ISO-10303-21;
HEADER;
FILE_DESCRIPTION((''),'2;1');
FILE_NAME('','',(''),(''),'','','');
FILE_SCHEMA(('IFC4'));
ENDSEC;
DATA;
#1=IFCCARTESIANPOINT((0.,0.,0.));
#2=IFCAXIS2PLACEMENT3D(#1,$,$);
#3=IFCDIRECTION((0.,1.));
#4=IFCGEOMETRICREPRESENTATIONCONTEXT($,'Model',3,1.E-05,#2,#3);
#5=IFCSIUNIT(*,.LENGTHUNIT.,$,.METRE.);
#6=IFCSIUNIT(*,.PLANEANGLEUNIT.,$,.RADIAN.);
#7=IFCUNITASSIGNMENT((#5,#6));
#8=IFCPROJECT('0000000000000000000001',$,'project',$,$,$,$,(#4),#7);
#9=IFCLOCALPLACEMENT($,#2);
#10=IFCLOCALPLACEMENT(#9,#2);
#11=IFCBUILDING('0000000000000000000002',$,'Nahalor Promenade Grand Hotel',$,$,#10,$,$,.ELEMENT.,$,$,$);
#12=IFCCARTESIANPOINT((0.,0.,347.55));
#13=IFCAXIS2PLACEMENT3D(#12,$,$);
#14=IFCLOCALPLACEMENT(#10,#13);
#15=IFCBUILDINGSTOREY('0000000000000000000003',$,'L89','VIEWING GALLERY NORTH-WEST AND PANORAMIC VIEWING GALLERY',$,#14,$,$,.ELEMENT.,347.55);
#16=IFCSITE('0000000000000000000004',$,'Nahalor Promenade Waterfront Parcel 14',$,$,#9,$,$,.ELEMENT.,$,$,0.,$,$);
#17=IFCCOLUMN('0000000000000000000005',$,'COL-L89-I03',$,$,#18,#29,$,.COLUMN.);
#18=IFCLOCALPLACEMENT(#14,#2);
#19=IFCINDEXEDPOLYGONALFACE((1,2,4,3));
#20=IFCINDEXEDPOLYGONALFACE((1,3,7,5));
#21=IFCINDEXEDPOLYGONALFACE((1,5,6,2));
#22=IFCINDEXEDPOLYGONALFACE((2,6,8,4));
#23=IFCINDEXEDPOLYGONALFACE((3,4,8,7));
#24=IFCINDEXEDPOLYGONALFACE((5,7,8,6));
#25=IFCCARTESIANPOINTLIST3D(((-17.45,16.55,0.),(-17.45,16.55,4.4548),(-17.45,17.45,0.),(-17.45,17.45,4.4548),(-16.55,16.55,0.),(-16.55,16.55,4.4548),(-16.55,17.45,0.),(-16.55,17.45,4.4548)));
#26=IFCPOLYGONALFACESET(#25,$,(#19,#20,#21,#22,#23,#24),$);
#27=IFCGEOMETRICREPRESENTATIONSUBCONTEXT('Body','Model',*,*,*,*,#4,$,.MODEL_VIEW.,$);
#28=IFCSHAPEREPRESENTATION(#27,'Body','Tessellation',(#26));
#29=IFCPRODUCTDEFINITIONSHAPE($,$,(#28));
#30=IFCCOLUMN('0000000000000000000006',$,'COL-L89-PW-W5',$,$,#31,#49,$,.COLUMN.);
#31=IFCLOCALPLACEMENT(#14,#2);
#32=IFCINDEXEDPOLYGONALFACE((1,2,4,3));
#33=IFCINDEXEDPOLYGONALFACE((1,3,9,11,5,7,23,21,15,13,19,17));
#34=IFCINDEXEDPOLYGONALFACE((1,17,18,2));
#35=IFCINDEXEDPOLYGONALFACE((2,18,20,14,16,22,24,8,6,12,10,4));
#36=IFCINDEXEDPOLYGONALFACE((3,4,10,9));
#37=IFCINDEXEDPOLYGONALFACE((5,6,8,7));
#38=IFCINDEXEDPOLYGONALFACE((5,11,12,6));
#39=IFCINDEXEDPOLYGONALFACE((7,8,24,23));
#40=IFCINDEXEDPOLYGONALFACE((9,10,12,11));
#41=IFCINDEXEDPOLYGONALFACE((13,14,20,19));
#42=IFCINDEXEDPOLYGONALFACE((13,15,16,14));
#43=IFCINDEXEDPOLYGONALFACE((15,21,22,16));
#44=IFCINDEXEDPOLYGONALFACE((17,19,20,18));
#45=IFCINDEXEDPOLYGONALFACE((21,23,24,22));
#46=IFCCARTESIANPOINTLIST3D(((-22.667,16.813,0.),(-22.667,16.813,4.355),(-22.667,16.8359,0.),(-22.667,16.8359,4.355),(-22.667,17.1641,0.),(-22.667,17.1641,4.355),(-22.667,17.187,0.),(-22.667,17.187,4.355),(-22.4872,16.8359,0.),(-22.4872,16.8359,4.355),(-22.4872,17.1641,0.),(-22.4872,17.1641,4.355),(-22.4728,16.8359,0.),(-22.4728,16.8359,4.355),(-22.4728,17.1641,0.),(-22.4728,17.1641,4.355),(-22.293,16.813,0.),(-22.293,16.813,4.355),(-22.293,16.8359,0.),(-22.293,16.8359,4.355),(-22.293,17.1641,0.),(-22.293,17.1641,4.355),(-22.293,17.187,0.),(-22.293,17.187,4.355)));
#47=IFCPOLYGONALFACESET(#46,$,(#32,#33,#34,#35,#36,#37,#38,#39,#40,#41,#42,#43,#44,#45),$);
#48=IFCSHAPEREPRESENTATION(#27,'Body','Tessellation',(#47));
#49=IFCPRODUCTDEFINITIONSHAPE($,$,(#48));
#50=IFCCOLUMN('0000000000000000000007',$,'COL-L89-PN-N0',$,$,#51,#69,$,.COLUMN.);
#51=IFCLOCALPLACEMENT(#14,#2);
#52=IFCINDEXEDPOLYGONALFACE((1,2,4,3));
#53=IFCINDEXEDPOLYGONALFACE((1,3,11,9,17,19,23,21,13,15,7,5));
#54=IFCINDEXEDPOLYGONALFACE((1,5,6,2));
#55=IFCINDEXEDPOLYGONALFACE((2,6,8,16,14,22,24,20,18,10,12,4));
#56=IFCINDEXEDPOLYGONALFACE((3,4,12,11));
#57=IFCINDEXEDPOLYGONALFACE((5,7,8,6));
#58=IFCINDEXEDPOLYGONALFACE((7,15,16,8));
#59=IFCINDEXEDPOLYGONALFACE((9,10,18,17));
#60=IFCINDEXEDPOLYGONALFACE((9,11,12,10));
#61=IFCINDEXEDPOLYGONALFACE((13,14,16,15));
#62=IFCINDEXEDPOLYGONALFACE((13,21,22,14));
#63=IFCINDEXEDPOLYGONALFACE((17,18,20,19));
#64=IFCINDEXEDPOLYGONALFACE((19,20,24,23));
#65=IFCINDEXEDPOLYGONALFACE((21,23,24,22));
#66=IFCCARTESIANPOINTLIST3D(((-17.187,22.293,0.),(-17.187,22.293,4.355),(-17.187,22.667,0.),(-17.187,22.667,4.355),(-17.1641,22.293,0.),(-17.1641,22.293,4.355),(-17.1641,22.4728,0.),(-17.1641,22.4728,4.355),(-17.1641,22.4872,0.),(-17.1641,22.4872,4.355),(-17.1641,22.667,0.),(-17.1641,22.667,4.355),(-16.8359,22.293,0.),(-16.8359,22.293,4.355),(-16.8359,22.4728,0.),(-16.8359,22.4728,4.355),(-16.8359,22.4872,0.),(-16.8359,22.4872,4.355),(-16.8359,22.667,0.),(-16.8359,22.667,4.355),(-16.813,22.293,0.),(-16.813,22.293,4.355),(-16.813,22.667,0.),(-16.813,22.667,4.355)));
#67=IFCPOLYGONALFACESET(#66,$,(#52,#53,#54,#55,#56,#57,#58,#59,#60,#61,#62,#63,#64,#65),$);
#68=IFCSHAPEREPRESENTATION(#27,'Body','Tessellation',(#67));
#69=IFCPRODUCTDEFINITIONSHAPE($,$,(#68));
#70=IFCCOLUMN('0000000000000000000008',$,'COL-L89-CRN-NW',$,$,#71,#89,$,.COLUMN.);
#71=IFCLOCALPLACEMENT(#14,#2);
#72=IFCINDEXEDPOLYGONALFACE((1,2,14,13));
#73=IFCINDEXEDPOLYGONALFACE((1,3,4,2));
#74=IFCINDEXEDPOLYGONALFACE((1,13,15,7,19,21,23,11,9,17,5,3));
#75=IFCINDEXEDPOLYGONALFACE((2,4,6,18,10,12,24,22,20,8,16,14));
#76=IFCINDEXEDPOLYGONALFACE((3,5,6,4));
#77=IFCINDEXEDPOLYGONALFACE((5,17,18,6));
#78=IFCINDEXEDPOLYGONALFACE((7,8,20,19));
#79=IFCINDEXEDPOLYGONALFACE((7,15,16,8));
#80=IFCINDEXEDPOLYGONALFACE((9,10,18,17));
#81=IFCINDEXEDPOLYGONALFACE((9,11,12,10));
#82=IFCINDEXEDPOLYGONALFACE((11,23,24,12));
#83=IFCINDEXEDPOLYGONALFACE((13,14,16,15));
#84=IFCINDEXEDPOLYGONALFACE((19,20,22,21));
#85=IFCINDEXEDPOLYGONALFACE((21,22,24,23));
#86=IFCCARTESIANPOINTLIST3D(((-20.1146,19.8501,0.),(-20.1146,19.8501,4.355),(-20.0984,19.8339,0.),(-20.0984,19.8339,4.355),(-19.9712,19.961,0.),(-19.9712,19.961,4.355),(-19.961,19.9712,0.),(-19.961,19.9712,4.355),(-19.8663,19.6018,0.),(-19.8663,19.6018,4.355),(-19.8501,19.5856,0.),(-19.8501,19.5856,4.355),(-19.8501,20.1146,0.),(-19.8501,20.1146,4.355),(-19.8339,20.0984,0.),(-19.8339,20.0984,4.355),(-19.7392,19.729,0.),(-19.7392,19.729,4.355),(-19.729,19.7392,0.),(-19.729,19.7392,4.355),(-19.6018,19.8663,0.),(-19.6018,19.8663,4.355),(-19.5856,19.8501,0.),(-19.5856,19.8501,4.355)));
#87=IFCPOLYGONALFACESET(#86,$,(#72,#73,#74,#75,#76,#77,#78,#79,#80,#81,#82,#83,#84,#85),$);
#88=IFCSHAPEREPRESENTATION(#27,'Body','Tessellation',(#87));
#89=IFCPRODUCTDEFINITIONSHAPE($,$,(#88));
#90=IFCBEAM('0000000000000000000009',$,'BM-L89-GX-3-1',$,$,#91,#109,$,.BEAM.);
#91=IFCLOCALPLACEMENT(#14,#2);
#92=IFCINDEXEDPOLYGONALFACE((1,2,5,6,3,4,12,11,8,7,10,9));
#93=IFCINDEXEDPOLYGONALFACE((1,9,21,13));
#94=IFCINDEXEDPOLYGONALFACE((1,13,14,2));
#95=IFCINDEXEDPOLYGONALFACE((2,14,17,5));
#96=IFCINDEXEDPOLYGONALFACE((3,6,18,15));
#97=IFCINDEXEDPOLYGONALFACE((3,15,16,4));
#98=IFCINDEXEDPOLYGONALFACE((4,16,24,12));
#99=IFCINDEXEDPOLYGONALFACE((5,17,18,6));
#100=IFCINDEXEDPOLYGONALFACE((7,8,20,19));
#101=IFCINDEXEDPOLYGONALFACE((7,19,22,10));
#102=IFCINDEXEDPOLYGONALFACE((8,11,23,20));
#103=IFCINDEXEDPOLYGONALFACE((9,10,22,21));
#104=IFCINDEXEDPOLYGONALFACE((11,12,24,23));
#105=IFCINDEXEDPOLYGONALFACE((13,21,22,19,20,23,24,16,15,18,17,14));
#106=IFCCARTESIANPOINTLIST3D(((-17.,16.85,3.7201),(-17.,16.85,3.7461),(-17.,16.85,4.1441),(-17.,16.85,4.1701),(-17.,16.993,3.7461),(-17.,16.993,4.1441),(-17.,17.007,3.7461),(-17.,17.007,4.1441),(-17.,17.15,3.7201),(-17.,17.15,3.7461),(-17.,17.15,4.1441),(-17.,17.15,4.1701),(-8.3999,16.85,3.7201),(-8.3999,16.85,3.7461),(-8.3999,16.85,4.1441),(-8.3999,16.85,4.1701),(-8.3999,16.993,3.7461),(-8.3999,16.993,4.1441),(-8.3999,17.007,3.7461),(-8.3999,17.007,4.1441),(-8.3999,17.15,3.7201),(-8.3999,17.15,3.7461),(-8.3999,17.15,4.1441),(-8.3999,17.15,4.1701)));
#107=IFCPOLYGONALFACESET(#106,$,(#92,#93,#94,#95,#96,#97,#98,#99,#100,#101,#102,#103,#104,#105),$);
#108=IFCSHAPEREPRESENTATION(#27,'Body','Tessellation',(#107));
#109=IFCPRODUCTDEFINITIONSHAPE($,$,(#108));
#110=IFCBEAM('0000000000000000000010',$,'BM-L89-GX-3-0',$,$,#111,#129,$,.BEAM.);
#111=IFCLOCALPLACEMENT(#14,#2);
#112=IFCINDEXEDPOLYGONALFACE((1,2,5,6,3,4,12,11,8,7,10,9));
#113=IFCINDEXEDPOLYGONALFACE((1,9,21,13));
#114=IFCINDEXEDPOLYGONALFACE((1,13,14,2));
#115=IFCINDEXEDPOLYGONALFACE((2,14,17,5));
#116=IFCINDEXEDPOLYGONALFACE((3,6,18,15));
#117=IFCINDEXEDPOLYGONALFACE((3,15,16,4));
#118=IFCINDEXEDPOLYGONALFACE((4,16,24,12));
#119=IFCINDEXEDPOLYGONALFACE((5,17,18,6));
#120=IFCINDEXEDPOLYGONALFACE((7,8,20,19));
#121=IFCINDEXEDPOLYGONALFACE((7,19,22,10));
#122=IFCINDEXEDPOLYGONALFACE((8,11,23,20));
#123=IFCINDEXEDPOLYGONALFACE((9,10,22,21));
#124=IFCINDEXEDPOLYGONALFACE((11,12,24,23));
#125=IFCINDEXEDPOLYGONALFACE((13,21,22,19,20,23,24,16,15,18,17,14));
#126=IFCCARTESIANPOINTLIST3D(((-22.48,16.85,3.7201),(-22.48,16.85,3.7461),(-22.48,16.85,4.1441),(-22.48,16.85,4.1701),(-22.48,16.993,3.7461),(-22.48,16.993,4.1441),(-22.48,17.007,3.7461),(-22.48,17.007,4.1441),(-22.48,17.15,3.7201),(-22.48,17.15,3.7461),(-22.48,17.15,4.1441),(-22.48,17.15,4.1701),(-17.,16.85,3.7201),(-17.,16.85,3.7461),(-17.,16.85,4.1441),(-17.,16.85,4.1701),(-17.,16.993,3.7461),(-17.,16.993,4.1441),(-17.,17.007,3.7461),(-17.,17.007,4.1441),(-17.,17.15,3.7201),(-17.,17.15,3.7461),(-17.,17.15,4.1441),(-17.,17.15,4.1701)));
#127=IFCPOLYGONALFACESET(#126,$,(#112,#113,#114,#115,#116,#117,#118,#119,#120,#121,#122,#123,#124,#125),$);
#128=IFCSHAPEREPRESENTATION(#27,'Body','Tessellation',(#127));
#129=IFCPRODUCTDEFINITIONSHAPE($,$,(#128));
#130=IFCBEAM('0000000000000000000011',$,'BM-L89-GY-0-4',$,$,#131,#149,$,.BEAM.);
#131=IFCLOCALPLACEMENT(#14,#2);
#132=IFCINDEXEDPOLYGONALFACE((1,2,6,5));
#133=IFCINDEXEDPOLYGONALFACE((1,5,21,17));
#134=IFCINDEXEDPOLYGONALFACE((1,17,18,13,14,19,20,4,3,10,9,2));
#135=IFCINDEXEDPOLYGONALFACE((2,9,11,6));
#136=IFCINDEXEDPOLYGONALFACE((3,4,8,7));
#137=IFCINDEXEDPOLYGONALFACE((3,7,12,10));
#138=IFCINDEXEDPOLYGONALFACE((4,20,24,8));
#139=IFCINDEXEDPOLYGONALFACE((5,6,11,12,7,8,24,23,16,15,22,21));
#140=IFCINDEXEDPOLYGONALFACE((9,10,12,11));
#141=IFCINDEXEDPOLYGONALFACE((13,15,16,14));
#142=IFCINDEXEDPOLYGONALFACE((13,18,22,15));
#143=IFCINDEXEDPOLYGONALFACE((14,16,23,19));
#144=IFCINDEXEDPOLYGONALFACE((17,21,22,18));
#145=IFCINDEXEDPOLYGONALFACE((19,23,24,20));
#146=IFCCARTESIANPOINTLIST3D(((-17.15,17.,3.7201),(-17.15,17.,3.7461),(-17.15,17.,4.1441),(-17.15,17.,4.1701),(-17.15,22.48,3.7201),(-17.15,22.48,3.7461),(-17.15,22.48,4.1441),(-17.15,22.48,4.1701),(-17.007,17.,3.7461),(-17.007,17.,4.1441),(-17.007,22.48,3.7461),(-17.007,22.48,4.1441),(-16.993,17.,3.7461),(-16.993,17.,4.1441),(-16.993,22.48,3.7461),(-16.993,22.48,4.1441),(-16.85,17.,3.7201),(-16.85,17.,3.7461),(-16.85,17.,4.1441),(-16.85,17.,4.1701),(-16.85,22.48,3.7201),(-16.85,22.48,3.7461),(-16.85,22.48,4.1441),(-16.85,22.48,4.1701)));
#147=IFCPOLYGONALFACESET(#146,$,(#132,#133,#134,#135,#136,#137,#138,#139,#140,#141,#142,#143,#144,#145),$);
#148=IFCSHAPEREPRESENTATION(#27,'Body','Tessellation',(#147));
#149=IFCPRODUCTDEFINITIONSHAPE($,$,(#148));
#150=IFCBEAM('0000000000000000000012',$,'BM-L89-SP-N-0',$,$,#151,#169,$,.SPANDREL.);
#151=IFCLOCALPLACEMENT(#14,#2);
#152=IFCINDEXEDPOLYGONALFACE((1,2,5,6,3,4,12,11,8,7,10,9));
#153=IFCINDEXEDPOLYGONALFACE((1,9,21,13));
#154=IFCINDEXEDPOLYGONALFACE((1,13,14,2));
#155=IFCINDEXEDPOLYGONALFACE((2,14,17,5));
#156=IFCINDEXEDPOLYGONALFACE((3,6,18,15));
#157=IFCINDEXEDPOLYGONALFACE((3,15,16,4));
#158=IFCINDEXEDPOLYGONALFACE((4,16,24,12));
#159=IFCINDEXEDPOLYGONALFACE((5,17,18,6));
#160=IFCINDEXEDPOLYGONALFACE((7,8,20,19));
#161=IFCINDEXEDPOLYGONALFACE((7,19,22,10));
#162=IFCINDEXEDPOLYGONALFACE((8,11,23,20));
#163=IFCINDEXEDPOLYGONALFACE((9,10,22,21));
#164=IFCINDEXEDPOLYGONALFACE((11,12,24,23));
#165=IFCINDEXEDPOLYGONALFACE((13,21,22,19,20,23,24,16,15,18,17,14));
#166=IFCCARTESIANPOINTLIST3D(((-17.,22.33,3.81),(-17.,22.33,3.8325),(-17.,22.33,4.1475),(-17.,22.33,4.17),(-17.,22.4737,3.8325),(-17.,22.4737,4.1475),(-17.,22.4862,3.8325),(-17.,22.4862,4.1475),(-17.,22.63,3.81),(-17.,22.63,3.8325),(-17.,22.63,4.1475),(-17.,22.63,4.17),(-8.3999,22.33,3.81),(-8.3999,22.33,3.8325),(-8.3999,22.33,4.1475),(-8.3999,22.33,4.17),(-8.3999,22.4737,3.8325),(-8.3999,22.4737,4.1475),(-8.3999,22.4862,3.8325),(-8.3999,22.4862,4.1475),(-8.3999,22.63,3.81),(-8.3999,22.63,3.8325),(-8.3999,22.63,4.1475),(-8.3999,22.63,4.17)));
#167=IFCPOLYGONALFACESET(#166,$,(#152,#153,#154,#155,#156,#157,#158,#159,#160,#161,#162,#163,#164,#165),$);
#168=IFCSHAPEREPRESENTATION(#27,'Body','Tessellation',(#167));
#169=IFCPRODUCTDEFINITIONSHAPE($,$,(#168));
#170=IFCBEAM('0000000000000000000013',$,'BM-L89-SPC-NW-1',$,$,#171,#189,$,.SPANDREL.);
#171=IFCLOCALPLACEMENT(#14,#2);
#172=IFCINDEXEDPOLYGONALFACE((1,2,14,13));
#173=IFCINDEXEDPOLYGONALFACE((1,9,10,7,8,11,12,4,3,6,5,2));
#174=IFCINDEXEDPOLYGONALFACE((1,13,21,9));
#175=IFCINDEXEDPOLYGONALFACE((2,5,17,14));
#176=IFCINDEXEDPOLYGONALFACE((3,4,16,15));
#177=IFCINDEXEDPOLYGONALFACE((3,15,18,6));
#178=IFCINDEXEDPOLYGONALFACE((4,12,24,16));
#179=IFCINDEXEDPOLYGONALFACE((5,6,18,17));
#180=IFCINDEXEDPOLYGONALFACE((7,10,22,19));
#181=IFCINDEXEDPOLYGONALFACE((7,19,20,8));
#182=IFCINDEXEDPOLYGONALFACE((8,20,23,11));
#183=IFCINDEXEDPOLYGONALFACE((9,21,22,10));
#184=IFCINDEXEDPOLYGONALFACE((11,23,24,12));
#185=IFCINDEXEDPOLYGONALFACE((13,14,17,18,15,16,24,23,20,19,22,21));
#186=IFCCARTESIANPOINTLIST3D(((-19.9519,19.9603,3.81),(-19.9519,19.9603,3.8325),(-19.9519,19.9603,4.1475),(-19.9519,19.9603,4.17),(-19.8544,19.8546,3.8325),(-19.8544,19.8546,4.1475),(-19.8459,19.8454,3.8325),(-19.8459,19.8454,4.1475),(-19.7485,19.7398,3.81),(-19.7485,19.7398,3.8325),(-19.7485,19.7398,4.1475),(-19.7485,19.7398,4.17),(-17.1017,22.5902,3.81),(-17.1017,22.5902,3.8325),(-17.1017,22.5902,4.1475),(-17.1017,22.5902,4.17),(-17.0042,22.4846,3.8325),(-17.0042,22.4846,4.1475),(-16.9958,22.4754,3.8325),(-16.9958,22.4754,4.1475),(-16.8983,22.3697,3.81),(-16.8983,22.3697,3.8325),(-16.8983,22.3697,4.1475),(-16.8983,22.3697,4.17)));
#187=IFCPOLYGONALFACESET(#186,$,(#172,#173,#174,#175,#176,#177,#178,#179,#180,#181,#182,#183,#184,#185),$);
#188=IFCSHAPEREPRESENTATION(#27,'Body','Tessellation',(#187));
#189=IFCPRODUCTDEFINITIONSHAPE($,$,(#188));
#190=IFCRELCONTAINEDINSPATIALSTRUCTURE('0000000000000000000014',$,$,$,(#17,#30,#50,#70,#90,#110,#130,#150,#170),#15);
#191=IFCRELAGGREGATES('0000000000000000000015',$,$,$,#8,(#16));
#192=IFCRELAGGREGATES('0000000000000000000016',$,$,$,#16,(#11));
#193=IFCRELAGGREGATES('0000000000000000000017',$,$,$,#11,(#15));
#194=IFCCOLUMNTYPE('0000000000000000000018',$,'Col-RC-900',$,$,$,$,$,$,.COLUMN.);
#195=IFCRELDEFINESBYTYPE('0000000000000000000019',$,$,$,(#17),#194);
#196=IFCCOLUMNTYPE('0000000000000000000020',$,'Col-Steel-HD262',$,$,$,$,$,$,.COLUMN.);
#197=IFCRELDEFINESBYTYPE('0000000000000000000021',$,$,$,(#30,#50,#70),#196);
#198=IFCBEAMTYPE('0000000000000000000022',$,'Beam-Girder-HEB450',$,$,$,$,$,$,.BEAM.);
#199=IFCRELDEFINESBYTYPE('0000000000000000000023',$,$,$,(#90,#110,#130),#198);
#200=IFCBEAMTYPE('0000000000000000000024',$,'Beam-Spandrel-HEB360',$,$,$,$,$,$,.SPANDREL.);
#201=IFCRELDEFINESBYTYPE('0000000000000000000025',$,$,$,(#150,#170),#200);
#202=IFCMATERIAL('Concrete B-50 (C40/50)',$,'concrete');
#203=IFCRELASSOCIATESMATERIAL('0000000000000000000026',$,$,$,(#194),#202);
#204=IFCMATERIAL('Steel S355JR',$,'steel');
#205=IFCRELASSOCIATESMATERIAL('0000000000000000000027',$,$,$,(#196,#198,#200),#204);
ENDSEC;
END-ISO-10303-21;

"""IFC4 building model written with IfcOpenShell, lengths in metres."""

from ifc_helpers import new_model, si_unit, direction, frame, origin, origin_2d, place, context, subcontext, project, spatial, rectangle, i_section, extrude, source, transform, mapped, material, material_profile, profile_set, type_object, element, save


model = new_model("IFC4")

# Units and contexts
model_context = context("Model", 3, precision=1e-05, world=origin(), true_north=direction((0.0, 1.0)))
body_context = subcontext(model_context, "Body", "Model", "MODEL_VIEW")
ifc_project = project(units=[si_unit("LENGTHUNIT", "METRE"), si_unit("PLANEANGLEUNIT", "RADIAN")], contexts=[model_context])

# Site, building, storey
site_placement = place(None, origin())
site = spatial("IfcSite", under=ifc_project, at=site_placement, Name="Nahalor Promenade Waterfront Parcel 14", CompositionType="ELEMENT", RefElevation=0.0)
building_placement = place(site_placement, origin())
building = spatial("IfcBuilding", under=site, at=building_placement, Name="Nahalor Promenade Grand Hotel", CompositionType="ELEMENT")
storey_placement = place(building_placement, frame((0.0, 0.0, 347.55)))
storey = spatial("IfcBuildingStorey", under=building, at=storey_placement, Name="L89", Description="VIEWING GALLERY NORTH-WEST AND PANORAMIC VIEWING GALLERY", CompositionType="ELEMENT", Elevation=347.55)

# Columns
ifc_material_1 = material(Name="Concrete B-50 (C40/50)", Category="concrete")
ifc_material_profile_1 = material_profile(ifc_material_1, rectangle(XDim=0.9, YDim=0.9, at=origin_2d()), Name="RC 900x900")
ifc_profile_set_1 = profile_set([ifc_material_profile_1], Name="Concrete B-50 (C40/50)")
column_type_1 = type_object("IfcColumnType", Name="Col-RC-900", PredefinedType="COLUMN", material=ifc_profile_set_1)
shared_shape_1 = source(origin(), body_context, "Body", "SweptSolid", [
    extrude(rectangle(XDim=0.9, YDim=0.9, at=origin_2d()), origin(), (0.0, 0.0, 1.0), 4.4548),
])
column_placement = place(storey_placement, frame((-17.0, 17.0, 0.0), z_axis=(0.0, 0.0, 1.0), x_axis=(1.0, 0.0, 0.0)))
element("IfcColumn", 1, at=column_placement, inside=storey, type_object=column_type_1, Name="COL-L89-I03", PredefinedType="COLUMN", context=body_context, shape_type="MappedRepresentation", body=[
    mapped(shared_shape_1, transform((0.0, 0.0, 0.0), scale=1.0)),
])
ifc_material_2 = material(Name="Steel S355JR", Category="steel")
ifc_material_profile_2 = material_profile(ifc_material_2, i_section(OverallWidth=0.374, OverallDepth=0.374, WebThickness=0.0144, FlangeThickness=0.0229, at=origin_2d()), Name="HD 360x262")
ifc_profile_set_2 = profile_set([ifc_material_profile_2], Name="Steel S355JR")
column_type_2 = type_object("IfcColumnType", Name="Col-Steel-HD262", PredefinedType="COLUMN", material=ifc_profile_set_2)
shared_shape_2 = source(origin(), body_context, "Body", "SweptSolid", [
    extrude(i_section(OverallWidth=0.374, OverallDepth=0.374, WebThickness=0.0144, FlangeThickness=0.0229, at=origin_2d()), origin(), (0.0, 0.0, 1.0), 4.355),
])
for number, where, z_axis, x_axis, name in (
    (2, (-22.48, 17.0, 0.0), (0.0, 0.0, 1.0), (1.0, 0.0, 0.0), "COL-L89-PW-W5"),
    (3, (-17.0, 22.48, 0.0), (0.0, 0.0, 1.0), (0.0, 1.0, 0.0), "COL-L89-PN-N0"),
    (4, (-19.8501, 19.8501, 0.0), (0.0, 0.0, 1.0), (0.707107, 0.707107, 0.0), "COL-L89-CRN-NW"),
):
    element("IfcColumn", number, at=place(storey_placement, frame(where, z_axis=z_axis, x_axis=x_axis)), inside=storey, type_object=column_type_2, Name=name, PredefinedType="COLUMN", context=body_context, shape_type="MappedRepresentation", body=[
        mapped(shared_shape_2, transform((0.0, 0.0, 0.0), scale=1.0)),
    ])

# Beams
ifc_material_profile_3 = material_profile(ifc_material_2, i_section(OverallWidth=0.3, OverallDepth=0.45, WebThickness=0.014, FlangeThickness=0.026, at=origin_2d()), Name="HEB 450")
ifc_profile_set_3 = profile_set([ifc_material_profile_3], Name="Steel S355JR")
beam_type_1 = type_object("IfcBeamType", Name="Beam-Girder-HEB450", PredefinedType="BEAM", material=ifc_profile_set_3)
shared_shape_3 = source(origin(), body_context, "Body", "SweptSolid", [
    extrude(i_section(OverallWidth=0.3, OverallDepth=0.45, WebThickness=0.014, FlangeThickness=0.026, at=origin_2d()), origin(), (0.0, 0.0, 1.0), 8.6001),
])
beam_1_placement = place(storey_placement, frame((-17.0, 17.0, 3.9451), z_axis=(1.0, 0.0, 0.0), x_axis=(0.0, 1.0, 0.0)))
element("IfcBeam", 5, at=beam_1_placement, inside=storey, type_object=beam_type_1, Name="BM-L89-GX-3-1", PredefinedType="BEAM", context=body_context, shape_type="MappedRepresentation", body=[
    mapped(shared_shape_3, transform((0.0, 0.0, 0.0), scale=1.0)),
])
shared_shape_4 = source(origin(), body_context, "Body", "SweptSolid", [
    extrude(i_section(OverallWidth=0.3, OverallDepth=0.45, WebThickness=0.014, FlangeThickness=0.026, at=origin_2d()), origin(), (0.0, 0.0, 1.0), 5.48),
])
for number, where, z_axis, x_axis, name in (
    (6, (-22.48, 17.0, 3.9451), (1.0, 0.0, 0.0), (0.0, 1.0, 0.0), "BM-L89-GX-3-0"),
    (7, (-17.0, 17.0, 3.9451), (0.0, 1.0, 0.0), (-1.0, 0.0, 0.0), "BM-L89-GY-0-4"),
):
    element("IfcBeam", number, at=place(storey_placement, frame(where, z_axis=z_axis, x_axis=x_axis)), inside=storey, type_object=beam_type_1, Name=name, PredefinedType="BEAM", context=body_context, shape_type="MappedRepresentation", body=[
        mapped(shared_shape_4, transform((0.0, 0.0, 0.0), scale=1.0)),
    ])
ifc_material_profile_4 = material_profile(ifc_material_2, i_section(OverallWidth=0.3, OverallDepth=0.36, WebThickness=0.0125, FlangeThickness=0.0225, at=origin_2d()), Name="HEB 360")
ifc_profile_set_4 = profile_set([ifc_material_profile_4], Name="Steel S355JR")
beam_type_2 = type_object("IfcBeamType", Name="Beam-Spandrel-HEB360", PredefinedType="SPANDREL", material=ifc_profile_set_4)
shared_shape_5 = source(origin(), body_context, "Body", "SweptSolid", [
    extrude(i_section(OverallWidth=0.3, OverallDepth=0.36, WebThickness=0.0125, FlangeThickness=0.0225, at=origin_2d()), origin(), (0.0, 0.0, 1.0), 8.6001),
])
beam_2_placement = place(storey_placement, frame((-17.0, 22.48, 3.99), z_axis=(1.0, 0.0, 0.0), x_axis=(0.0, 1.0, 0.0)))
element("IfcBeam", 8, at=beam_2_placement, inside=storey, type_object=beam_type_2, Name="BM-L89-SP-N-0", PredefinedType="SPANDREL", context=body_context, shape_type="MappedRepresentation", body=[
    mapped(shared_shape_5, transform((0.0, 0.0, 0.0), scale=1.0)),
])
shared_shape_6 = source(origin(), body_context, "Body", "SweptSolid", [
    extrude(i_section(OverallWidth=0.3, OverallDepth=0.36, WebThickness=0.0125, FlangeThickness=0.0225, at=origin_2d()), origin(), (0.0, 0.0, 1.0), 3.8782),
])
for number, where, z_axis, x_axis, name in (
    (9, (-17.0, 22.48, 3.99), (-0.734929, -0.678144, 0.0), (0.678144, -0.734929, 0.0), "BM-L89-SPC-NW-1"),
):
    element("IfcBeam", number, at=place(storey_placement, frame(where, z_axis=z_axis, x_axis=x_axis)), inside=storey, type_object=beam_type_2, Name=name, PredefinedType="SPANDREL", context=body_context, shape_type="MappedRepresentation", body=[
        mapped(shared_shape_6, transform((0.0, 0.0, 0.0), scale=1.0)),
    ])

save(model, "model.ifc")
